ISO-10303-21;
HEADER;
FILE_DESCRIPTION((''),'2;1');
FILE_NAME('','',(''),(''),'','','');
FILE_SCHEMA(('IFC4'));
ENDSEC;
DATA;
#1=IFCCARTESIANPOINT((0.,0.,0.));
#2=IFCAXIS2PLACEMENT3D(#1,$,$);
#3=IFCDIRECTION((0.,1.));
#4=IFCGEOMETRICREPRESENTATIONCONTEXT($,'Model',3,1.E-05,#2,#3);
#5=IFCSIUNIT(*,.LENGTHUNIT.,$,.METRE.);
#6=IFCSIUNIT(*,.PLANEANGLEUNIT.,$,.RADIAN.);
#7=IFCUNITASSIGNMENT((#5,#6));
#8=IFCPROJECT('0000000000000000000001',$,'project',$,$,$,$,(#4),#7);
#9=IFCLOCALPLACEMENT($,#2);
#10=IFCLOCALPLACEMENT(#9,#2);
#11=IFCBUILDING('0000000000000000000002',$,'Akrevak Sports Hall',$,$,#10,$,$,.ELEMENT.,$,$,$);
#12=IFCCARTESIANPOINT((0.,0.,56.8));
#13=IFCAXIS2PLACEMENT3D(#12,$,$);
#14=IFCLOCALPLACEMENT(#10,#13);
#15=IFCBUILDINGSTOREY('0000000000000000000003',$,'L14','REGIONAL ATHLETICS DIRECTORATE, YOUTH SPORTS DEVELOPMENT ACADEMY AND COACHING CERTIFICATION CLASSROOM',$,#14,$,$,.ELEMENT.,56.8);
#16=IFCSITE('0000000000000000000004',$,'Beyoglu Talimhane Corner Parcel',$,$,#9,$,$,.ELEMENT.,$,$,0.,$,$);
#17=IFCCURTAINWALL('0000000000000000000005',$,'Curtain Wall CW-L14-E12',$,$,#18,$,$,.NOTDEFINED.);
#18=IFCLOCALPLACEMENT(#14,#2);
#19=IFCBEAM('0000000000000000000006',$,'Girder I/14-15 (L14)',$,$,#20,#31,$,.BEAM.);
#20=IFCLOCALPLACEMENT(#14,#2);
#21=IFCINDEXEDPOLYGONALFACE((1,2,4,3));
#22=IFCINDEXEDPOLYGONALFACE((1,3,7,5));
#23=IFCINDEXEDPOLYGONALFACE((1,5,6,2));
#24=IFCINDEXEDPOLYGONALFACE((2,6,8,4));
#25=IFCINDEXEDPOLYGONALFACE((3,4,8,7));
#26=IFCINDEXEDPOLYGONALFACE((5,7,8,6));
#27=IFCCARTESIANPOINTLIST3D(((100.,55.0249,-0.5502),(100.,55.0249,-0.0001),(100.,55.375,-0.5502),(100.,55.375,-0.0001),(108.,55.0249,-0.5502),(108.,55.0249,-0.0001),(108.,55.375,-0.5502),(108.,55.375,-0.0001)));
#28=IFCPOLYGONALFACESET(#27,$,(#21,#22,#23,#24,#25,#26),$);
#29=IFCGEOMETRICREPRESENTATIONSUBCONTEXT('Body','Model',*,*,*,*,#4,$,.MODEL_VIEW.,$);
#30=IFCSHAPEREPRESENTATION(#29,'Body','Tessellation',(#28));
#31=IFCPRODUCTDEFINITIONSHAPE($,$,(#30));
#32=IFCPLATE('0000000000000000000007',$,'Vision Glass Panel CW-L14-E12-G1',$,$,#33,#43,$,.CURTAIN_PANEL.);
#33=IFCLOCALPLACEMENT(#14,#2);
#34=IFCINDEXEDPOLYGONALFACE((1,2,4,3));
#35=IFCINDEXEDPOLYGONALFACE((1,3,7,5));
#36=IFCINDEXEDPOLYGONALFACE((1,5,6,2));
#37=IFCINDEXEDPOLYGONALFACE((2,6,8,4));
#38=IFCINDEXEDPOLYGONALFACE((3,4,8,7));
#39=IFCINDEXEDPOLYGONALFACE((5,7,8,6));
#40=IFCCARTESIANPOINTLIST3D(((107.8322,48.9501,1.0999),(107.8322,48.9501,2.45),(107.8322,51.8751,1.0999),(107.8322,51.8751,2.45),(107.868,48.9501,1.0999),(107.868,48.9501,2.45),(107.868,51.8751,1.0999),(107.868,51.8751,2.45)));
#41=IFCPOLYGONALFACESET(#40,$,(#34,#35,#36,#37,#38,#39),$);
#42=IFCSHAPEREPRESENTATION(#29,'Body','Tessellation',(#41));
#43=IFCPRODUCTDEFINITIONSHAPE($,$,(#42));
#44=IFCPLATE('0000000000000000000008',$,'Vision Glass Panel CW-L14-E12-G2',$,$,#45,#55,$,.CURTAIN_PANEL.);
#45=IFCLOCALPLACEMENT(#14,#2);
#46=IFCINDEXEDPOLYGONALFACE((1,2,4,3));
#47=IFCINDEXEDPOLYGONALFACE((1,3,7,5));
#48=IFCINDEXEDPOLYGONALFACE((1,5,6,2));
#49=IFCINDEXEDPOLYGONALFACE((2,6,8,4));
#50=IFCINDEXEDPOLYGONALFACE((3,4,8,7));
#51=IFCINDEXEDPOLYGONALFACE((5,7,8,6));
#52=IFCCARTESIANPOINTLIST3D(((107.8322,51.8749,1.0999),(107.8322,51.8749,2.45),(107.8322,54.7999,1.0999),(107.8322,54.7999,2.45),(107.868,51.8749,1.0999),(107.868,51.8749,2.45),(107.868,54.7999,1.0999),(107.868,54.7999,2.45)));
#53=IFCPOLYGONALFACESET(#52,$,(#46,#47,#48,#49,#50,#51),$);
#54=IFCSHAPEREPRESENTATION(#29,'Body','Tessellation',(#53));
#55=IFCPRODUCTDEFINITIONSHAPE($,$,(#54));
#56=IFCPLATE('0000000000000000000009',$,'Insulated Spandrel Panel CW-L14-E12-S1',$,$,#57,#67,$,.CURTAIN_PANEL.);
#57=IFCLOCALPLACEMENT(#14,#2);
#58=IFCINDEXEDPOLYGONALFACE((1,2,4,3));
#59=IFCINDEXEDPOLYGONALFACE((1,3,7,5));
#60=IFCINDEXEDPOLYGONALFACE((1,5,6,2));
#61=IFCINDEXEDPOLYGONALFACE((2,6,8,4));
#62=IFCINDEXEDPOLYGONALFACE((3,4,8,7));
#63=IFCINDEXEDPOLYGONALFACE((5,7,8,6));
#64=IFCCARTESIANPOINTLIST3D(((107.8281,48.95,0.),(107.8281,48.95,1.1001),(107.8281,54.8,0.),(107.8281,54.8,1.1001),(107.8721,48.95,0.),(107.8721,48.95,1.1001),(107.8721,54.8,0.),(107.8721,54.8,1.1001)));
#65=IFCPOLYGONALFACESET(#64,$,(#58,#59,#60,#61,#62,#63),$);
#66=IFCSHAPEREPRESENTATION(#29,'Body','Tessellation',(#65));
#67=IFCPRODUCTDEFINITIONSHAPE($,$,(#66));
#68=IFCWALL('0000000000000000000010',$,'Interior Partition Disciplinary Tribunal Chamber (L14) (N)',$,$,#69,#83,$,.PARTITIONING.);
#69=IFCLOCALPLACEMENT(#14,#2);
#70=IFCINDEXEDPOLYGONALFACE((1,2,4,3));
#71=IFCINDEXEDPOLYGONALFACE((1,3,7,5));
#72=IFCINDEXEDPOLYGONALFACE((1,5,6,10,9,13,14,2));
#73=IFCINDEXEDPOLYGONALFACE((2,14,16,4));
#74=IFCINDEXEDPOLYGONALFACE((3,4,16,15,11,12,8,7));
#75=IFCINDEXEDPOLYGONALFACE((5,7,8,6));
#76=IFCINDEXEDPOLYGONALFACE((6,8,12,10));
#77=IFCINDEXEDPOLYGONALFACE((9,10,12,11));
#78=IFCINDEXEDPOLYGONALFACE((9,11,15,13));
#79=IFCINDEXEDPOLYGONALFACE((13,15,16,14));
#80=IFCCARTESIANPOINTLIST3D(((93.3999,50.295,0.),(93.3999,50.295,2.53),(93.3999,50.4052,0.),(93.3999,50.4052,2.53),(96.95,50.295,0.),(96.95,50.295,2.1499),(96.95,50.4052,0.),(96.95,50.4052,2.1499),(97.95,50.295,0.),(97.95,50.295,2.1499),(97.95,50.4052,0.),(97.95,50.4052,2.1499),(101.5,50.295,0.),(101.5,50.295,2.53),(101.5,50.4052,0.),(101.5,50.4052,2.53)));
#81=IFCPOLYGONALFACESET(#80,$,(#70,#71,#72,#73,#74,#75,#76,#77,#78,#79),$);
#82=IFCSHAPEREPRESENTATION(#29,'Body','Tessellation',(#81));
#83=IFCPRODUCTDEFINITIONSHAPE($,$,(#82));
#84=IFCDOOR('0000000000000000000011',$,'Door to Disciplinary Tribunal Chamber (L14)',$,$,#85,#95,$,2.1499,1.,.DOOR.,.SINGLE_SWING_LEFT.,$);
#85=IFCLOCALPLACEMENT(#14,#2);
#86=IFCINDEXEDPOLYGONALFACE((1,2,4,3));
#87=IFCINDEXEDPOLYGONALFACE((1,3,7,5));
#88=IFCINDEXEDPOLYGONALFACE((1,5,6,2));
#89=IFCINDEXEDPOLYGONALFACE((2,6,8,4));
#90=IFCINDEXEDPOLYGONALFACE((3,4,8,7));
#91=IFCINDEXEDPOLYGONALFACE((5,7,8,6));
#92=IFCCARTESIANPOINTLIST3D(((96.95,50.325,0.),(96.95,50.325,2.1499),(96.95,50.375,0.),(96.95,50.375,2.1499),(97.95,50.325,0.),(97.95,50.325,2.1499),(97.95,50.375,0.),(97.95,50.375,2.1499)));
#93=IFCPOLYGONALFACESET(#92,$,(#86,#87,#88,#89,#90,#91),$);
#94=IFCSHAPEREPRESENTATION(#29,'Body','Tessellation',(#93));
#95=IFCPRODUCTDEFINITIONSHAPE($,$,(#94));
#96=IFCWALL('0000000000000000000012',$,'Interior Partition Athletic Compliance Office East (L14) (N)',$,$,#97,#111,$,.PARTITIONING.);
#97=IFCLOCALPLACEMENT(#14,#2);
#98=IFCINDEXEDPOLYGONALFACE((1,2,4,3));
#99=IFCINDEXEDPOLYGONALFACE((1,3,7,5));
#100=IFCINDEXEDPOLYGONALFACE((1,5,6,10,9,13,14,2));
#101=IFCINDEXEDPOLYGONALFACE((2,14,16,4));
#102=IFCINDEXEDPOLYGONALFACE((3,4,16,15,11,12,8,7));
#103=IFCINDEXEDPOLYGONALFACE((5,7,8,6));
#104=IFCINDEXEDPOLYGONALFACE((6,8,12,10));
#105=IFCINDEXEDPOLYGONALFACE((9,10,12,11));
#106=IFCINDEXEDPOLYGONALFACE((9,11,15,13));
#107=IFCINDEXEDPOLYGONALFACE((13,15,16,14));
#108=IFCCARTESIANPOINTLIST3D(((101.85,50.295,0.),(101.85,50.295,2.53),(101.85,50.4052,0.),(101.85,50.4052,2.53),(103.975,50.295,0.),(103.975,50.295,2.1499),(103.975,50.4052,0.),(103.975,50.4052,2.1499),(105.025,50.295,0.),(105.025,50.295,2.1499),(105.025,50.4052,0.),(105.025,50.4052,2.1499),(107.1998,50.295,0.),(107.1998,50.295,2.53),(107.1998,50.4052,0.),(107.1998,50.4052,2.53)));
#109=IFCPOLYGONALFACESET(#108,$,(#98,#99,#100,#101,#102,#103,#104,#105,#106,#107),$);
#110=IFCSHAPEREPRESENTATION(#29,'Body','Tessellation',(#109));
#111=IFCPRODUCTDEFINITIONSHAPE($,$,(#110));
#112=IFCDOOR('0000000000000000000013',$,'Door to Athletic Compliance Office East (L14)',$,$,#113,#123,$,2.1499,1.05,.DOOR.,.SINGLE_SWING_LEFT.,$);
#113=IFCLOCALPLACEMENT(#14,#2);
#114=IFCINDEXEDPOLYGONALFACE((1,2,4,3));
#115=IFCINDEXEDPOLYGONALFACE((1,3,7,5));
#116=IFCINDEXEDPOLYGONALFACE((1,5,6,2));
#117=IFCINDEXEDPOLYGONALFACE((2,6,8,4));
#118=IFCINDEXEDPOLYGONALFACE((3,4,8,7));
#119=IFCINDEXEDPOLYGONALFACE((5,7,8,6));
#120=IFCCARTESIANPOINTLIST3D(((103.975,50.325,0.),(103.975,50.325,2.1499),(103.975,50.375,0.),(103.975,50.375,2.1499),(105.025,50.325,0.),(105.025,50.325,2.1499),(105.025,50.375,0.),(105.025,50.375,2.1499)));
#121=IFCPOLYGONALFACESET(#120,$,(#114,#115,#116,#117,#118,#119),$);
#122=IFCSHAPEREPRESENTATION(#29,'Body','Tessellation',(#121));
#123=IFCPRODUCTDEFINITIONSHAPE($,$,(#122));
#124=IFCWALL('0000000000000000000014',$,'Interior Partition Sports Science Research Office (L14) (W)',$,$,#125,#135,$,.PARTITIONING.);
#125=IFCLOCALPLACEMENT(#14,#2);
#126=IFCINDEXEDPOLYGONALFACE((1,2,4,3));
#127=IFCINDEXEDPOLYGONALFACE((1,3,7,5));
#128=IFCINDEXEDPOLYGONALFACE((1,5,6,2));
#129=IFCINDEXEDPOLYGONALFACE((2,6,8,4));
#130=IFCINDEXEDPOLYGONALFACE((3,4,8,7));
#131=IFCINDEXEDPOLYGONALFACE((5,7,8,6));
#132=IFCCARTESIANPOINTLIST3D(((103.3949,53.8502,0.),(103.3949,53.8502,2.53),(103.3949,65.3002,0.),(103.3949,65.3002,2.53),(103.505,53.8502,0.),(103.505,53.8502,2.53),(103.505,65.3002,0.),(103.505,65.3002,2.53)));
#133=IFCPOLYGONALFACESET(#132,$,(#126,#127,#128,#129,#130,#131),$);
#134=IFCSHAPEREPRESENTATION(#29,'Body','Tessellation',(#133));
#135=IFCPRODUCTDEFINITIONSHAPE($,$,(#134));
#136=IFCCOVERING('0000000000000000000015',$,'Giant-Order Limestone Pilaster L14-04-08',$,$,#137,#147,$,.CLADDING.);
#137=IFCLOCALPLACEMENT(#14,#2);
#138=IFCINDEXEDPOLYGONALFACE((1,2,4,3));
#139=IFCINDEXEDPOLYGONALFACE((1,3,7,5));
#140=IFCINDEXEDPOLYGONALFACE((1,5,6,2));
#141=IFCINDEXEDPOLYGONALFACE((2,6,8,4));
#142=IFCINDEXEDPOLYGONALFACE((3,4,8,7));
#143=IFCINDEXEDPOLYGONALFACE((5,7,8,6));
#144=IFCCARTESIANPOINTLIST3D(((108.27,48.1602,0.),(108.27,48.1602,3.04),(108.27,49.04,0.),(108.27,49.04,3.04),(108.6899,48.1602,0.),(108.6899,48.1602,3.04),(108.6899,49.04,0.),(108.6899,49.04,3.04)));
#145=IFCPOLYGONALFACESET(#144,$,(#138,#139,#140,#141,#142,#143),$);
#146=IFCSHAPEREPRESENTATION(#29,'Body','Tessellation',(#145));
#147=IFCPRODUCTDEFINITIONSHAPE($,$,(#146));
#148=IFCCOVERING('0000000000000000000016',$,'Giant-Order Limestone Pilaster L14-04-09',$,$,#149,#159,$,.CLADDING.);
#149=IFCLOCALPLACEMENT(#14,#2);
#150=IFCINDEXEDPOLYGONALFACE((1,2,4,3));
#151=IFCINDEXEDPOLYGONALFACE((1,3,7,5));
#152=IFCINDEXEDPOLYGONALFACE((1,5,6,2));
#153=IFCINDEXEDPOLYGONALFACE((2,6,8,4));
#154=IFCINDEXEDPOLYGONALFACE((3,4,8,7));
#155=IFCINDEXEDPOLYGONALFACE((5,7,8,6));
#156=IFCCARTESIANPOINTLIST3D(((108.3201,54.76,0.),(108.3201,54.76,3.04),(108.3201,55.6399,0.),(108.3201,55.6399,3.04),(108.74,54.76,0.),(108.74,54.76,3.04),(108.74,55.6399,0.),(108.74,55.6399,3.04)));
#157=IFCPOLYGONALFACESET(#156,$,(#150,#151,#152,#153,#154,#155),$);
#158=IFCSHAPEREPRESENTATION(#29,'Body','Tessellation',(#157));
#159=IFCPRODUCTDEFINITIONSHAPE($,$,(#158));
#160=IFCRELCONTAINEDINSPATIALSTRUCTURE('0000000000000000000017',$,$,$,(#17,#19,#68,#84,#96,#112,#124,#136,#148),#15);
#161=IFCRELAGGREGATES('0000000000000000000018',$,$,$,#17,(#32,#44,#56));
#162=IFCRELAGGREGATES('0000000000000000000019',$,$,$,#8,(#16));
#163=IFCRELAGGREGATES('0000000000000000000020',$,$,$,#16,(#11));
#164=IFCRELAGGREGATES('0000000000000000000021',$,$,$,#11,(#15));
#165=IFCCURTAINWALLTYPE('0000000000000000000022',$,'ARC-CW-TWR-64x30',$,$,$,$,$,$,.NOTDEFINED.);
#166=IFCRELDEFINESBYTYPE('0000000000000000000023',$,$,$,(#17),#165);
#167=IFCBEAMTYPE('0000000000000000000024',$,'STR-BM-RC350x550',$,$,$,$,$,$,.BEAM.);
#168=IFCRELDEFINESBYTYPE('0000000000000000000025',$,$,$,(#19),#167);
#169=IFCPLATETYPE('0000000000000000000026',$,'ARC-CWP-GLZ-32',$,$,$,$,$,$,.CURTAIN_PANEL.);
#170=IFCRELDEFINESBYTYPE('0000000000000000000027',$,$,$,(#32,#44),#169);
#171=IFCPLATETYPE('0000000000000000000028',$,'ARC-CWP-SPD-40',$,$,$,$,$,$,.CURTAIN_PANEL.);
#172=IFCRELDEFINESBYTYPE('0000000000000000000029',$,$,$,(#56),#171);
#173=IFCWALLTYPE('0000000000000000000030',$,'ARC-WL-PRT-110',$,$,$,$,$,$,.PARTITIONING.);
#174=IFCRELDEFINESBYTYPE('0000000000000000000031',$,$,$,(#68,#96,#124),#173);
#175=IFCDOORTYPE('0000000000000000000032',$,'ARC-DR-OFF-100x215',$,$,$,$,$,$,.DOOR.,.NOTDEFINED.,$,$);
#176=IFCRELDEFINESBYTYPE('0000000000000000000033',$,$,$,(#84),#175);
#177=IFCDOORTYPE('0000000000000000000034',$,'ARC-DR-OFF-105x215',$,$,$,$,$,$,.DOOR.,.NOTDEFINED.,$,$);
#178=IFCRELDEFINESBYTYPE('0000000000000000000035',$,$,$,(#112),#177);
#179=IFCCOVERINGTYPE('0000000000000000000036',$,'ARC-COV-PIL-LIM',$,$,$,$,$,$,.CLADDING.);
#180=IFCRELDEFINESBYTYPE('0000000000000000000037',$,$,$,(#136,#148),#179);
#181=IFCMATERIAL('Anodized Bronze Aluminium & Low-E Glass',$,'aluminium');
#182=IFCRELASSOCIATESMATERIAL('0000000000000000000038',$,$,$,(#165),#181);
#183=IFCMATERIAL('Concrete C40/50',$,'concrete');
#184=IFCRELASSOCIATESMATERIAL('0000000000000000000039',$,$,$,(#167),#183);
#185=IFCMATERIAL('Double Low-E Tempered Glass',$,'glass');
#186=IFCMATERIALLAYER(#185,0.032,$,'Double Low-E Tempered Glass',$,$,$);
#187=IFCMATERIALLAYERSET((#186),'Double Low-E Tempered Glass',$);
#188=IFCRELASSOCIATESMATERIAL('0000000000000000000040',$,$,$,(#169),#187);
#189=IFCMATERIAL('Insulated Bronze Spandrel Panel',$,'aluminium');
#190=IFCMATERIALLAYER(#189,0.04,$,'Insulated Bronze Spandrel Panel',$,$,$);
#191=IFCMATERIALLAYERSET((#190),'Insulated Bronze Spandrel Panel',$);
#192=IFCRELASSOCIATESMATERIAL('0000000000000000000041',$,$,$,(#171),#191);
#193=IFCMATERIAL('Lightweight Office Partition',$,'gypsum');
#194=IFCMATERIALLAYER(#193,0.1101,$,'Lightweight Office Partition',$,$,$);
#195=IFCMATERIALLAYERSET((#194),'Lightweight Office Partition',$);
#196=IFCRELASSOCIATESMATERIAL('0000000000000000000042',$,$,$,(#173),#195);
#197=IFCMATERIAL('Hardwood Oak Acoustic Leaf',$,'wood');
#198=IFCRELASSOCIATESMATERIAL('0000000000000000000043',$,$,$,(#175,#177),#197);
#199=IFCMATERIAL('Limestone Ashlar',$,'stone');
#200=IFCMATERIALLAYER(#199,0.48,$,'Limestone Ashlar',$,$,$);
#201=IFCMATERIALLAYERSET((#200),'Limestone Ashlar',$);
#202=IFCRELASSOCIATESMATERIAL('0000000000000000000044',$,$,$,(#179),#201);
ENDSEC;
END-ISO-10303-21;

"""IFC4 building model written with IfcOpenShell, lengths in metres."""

from ifc_helpers import new_model, si_unit, direction, frame, frame_2d, origin, origin_2d, place, context, subcontext, project, spatial, rectangle, extrude, material, layer, layer_set, material_profile, profile_set, type_object, element, fill, aggregate, save


model = new_model("IFC4")

# Units and contexts
model_context = context("Model", 3, precision=1e-05, world=origin(), true_north=direction((0.0, 1.0)))
body_context = subcontext(model_context, "Body", "Model", "MODEL_VIEW")
ifc_project = project(units=[si_unit("LENGTHUNIT", "METRE"), si_unit("PLANEANGLEUNIT", "RADIAN")], contexts=[model_context])

# Site, building, storey
site_placement = place(None, origin())
site = spatial("IfcSite", under=ifc_project, at=site_placement, Name="Beyoglu Talimhane Corner Parcel", CompositionType="ELEMENT", RefElevation=0.0)
building_placement = place(site_placement, origin())
building = spatial("IfcBuilding", under=site, at=building_placement, Name="Akrevak Sports Hall", CompositionType="ELEMENT")
storey_placement = place(building_placement, frame((0.0, 0.0, 56.8)))
storey = spatial("IfcBuildingStorey", under=building, at=storey_placement, Name="L14", Description="REGIONAL ATHLETICS DIRECTORATE, YOUTH SPORTS DEVELOPMENT ACADEMY AND COACHING CERTIFICATION CLASSROOM", CompositionType="ELEMENT", Elevation=56.8)

# Shared definitions
ifc_material_1 = material(Name="Concrete C40/50", Category="concrete")

# Curtain wall
ifc_material_2 = material(Name="Anodized Bronze Aluminium & Low-E Glass", Category="aluminium")
curtain_wall_type = type_object("IfcCurtainWallType", Name="ARC-CW-TWR-64x30", PredefinedType="NOTDEFINED", material=ifc_material_2)
curtain_wall_placement = place(storey_placement, origin())
curtain_wall = element("IfcCurtainWall", 1, at=curtain_wall_placement, inside=storey, type_object=curtain_wall_type, Name="Curtain Wall CW-L14-E12", PredefinedType="NOTDEFINED")

# Beam
ifc_material_profile_1 = material_profile(ifc_material_1, rectangle(XDim=0.3501, YDim=0.55, at=origin_2d()), Name="BM 350x550", Category="concrete")
ifc_profile_set_1 = profile_set([ifc_material_profile_1], Name="Concrete C40/50")
beam_type_1 = type_object("IfcBeamType", Name="STR-BM-RC350x550", PredefinedType="BEAM", material=ifc_profile_set_1)
beam_1_placement = place(storey_placement, frame((100.0, 55.2, -0.2751), z_axis=(1.0, 0.0, 0.0), x_axis=(0.0, 1.0, 0.0)))
element("IfcBeam", 2, at=beam_1_placement, inside=storey, type_object=beam_type_1, Name="Girder I/14-15 (L14)", PredefinedType="BEAM", context=body_context, shape_type="SweptSolid", body=[
    extrude(rectangle(XDim=0.3501, YDim=0.55, at=origin_2d()), origin(), (0.0, 0.0, 1.0), 8.0),
])

# Plates
ifc_material_3 = material(Name="Double Low-E Tempered Glass", Category="glass")
ifc_layer_1 = layer(ifc_material_3, 0.032, Name="Double Low-E Tempered Glass")
ifc_layer_set_1 = layer_set([ifc_layer_1], Name="Double Low-E Tempered Glass")
plate_type_1 = type_object("IfcPlateType", Name="ARC-CWP-GLZ-32", PredefinedType="CURTAIN_PANEL", material=ifc_layer_set_1)
plate_1_placement = place(storey_placement, frame((107.8501, 50.4126, 1.0999), z_axis=(0.0, 0.0, 1.0), x_axis=(0.0, 1.0, 0.0)))
plate_1 = element("IfcPlate", 3, at=plate_1_placement, type_object=plate_type_1, Name="Vision Glass Panel CW-L14-E12-G1", PredefinedType="CURTAIN_PANEL", context=body_context, shape_type="SweptSolid", body=[
    extrude(rectangle(XDim=2.925, YDim=0.0359, at=origin_2d()), origin(), (0.0, 0.0, 1.0), 1.3501),
])
plate_2_placement = place(storey_placement, frame((107.8501, 53.3374, 1.0999), z_axis=(0.0, 0.0, 1.0), x_axis=(0.0, 1.0, 0.0)))
plate_2 = element("IfcPlate", 4, at=plate_2_placement, type_object=plate_type_1, Name="Vision Glass Panel CW-L14-E12-G2", PredefinedType="CURTAIN_PANEL", context=body_context, shape_type="SweptSolid", body=[
    extrude(rectangle(XDim=2.925, YDim=0.0359, at=origin_2d()), origin(), (0.0, 0.0, 1.0), 1.3501),
])
ifc_material_4 = material(Name="Insulated Bronze Spandrel Panel", Category="aluminium")
ifc_layer_2 = layer(ifc_material_4, 0.04, Name="Insulated Bronze Spandrel Panel")
ifc_layer_set_2 = layer_set([ifc_layer_2], Name="Insulated Bronze Spandrel Panel")
plate_type_2 = type_object("IfcPlateType", Name="ARC-CWP-SPD-40", PredefinedType="CURTAIN_PANEL", material=ifc_layer_set_2)
plate_3_placement = place(storey_placement, frame((107.8501, 51.875, 0.0), z_axis=(0.0, 0.0, 1.0), x_axis=(0.0, 1.0, 0.0)))
plate_3 = element("IfcPlate", 5, at=plate_3_placement, type_object=plate_type_2, Name="Insulated Spandrel Panel CW-L14-E12-S1", PredefinedType="CURTAIN_PANEL", context=body_context, shape_type="SweptSolid", body=[
    extrude(rectangle(XDim=5.8501, YDim=0.0439, at=origin_2d()), origin(), (0.0, 0.0, 1.0), 1.1001),
])
aggregate(curtain_wall, [plate_1, plate_2, plate_3])

# Walls, openings, doors
ifc_material_5 = material(Name="Lightweight Office Partition", Category="gypsum")
ifc_layer_3 = layer(ifc_material_5, 0.1101, Name="Lightweight Office Partition")
ifc_layer_set_3 = layer_set([ifc_layer_3], Name="Lightweight Office Partition")
wall_type = type_object("IfcWallType", Name="ARC-WL-PRT-110", PredefinedType="PARTITIONING", material=ifc_layer_set_3)
wall_1_placement = place(storey_placement, frame((93.3999, 50.3501, 0.0), z_axis=(0.0, 0.0, 1.0), x_axis=(1.0, 0.0, 0.0)))
wall_1 = element("IfcWall", 6, at=wall_1_placement, inside=storey, type_object=wall_type, Name="Interior Partition Disciplinary Tribunal Chamber (L14) (N)", PredefinedType="PARTITIONING", context=body_context, shape_type="SweptSolid", body=[
    extrude(rectangle(XDim=8.1001, YDim=0.1101, at=frame_2d((4.05, 0.0))), origin(), (0.0, 0.0, 1.0), 2.53),
])
opening_1_placement = place(wall_1_placement, frame((3.55, 0.0, 0.0)))
opening_1 = element("IfcOpeningElement", 7, at=opening_1_placement, cuts=wall_1, PredefinedType="OPENING", context=body_context, shape_type="SweptSolid", body=[
    extrude(rectangle(XDim=1.0, YDim=2.1499, at=frame_2d((0.5, 1.075))), frame((0.0, 0.0669, 0.0), z_axis=(0.0, -1.0, 0.0), x_axis=(1.0, 0.0, 0.0)), (0.0, 0.0, 1.0), 0.134),
])
ifc_material_6 = material(Name="Hardwood Oak Acoustic Leaf", Category="wood")
door_type_1 = type_object("IfcDoorType", Name="ARC-DR-OFF-100x215", OperationType="NOTDEFINED", PredefinedType="DOOR", material=ifc_material_6)
door_1_placement = place(opening_1_placement, origin())
door_1 = element("IfcDoor", 8, at=door_1_placement, inside=storey, type_object=door_type_1, Name="Door to Disciplinary Tribunal Chamber (L14)", OperationType="SINGLE_SWING_LEFT", OverallHeight=2.1499, OverallWidth=1.0, PredefinedType="DOOR", context=body_context, shape_type="SweptSolid", body=[
    extrude(rectangle(XDim=1.0, YDim=2.1499, at=frame_2d((0.5, 1.075))), frame((0.0, 0.0249, 0.0), z_axis=(0.0, -1.0, 0.0), x_axis=(1.0, 0.0, 0.0)), (0.0, 0.0, 1.0), 0.05),
])
fill(opening_1, door_1)
wall_2_placement = place(storey_placement, frame((101.8501, 50.3501, 0.0), z_axis=(0.0, 0.0, 1.0), x_axis=(1.0, 0.0, 0.0)))
wall_2 = element("IfcWall", 9, at=wall_2_placement, inside=storey, type_object=wall_type, Name="Interior Partition Athletic Compliance Office East (L14) (N)", PredefinedType="PARTITIONING", context=body_context, shape_type="SweptSolid", body=[
    extrude(rectangle(XDim=5.3499, YDim=0.1101, at=frame_2d((2.6748, 0.0))), origin(), (0.0, 0.0, 1.0), 2.53),
])
opening_2_placement = place(wall_2_placement, frame((2.125, 0.0, 0.0)))
opening_2 = element("IfcOpeningElement", 10, at=opening_2_placement, cuts=wall_2, PredefinedType="OPENING", context=body_context, shape_type="SweptSolid", body=[
    extrude(rectangle(XDim=1.05, YDim=2.1499, at=frame_2d((0.5249, 1.075))), frame((0.0, 0.0669, 0.0), z_axis=(0.0, -1.0, 0.0), x_axis=(1.0, 0.0, 0.0)), (0.0, 0.0, 1.0), 0.134),
])
door_type_2 = type_object("IfcDoorType", Name="ARC-DR-OFF-105x215", OperationType="NOTDEFINED", PredefinedType="DOOR", material=ifc_material_6)
door_2_placement = place(opening_2_placement, origin())
door_2 = element("IfcDoor", 11, at=door_2_placement, inside=storey, type_object=door_type_2, Name="Door to Athletic Compliance Office East (L14)", OperationType="SINGLE_SWING_LEFT", OverallHeight=2.1499, OverallWidth=1.05, PredefinedType="DOOR", context=body_context, shape_type="SweptSolid", body=[
    extrude(rectangle(XDim=1.05, YDim=2.1499, at=frame_2d((0.5249, 1.075))), frame((0.0, 0.0249, 0.0), z_axis=(0.0, -1.0, 0.0), x_axis=(1.0, 0.0, 0.0)), (0.0, 0.0, 1.0), 0.05),
])
fill(opening_2, door_2)

# Wall
wall_3_placement = place(storey_placement, frame((103.45, 53.8501, 0.0), z_axis=(0.0, 0.0, 1.0), x_axis=(0.0, 1.0, 0.0)))
element("IfcWall", 12, at=wall_3_placement, inside=storey, type_object=wall_type, Name="Interior Partition Sports Science Research Office (L14) (W)", PredefinedType="PARTITIONING", context=body_context, shape_type="SweptSolid", body=[
    extrude(rectangle(XDim=11.45, YDim=0.1101, at=frame_2d((5.7251, 0.0))), origin(), (0.0, 0.0, 1.0), 2.53),
])

# Coverings
ifc_material_7 = material(Name="Limestone Ashlar", Category="stone")
ifc_layer_4 = layer(ifc_material_7, 0.48, Name="Limestone Ashlar")
ifc_layer_set_4 = layer_set([ifc_layer_4], Name="Limestone Ashlar")
covering_type = type_object("IfcCoveringType", Name="ARC-COV-PIL-LIM", PredefinedType="CLADDING", material=ifc_layer_set_4)
for number, where, z_axis, x_axis, name in (
    (13, (108.48, 48.6001, 0.0), (0.0, 0.0, 1.0), (0.0, 1.0, 0.0), "Giant-Order Limestone Pilaster L14-04-08"),
    (14, (108.53, 55.2, 0.0), (0.0, 0.0, 1.0), (0.0, 1.0, 0.0), "Giant-Order Limestone Pilaster L14-04-09"),
):
    element("IfcCovering", number, at=place(storey_placement, frame(where, z_axis=z_axis, x_axis=x_axis)), inside=storey, type_object=covering_type, Name=name, PredefinedType="CLADDING", context=body_context, shape_type="SweptSolid", body=[
        extrude(rectangle(XDim=0.8799, YDim=0.4199, at=origin_2d()), origin(), (0.0, 0.0, 1.0), 3.04),
    ])

save(model, "model.ifc")
